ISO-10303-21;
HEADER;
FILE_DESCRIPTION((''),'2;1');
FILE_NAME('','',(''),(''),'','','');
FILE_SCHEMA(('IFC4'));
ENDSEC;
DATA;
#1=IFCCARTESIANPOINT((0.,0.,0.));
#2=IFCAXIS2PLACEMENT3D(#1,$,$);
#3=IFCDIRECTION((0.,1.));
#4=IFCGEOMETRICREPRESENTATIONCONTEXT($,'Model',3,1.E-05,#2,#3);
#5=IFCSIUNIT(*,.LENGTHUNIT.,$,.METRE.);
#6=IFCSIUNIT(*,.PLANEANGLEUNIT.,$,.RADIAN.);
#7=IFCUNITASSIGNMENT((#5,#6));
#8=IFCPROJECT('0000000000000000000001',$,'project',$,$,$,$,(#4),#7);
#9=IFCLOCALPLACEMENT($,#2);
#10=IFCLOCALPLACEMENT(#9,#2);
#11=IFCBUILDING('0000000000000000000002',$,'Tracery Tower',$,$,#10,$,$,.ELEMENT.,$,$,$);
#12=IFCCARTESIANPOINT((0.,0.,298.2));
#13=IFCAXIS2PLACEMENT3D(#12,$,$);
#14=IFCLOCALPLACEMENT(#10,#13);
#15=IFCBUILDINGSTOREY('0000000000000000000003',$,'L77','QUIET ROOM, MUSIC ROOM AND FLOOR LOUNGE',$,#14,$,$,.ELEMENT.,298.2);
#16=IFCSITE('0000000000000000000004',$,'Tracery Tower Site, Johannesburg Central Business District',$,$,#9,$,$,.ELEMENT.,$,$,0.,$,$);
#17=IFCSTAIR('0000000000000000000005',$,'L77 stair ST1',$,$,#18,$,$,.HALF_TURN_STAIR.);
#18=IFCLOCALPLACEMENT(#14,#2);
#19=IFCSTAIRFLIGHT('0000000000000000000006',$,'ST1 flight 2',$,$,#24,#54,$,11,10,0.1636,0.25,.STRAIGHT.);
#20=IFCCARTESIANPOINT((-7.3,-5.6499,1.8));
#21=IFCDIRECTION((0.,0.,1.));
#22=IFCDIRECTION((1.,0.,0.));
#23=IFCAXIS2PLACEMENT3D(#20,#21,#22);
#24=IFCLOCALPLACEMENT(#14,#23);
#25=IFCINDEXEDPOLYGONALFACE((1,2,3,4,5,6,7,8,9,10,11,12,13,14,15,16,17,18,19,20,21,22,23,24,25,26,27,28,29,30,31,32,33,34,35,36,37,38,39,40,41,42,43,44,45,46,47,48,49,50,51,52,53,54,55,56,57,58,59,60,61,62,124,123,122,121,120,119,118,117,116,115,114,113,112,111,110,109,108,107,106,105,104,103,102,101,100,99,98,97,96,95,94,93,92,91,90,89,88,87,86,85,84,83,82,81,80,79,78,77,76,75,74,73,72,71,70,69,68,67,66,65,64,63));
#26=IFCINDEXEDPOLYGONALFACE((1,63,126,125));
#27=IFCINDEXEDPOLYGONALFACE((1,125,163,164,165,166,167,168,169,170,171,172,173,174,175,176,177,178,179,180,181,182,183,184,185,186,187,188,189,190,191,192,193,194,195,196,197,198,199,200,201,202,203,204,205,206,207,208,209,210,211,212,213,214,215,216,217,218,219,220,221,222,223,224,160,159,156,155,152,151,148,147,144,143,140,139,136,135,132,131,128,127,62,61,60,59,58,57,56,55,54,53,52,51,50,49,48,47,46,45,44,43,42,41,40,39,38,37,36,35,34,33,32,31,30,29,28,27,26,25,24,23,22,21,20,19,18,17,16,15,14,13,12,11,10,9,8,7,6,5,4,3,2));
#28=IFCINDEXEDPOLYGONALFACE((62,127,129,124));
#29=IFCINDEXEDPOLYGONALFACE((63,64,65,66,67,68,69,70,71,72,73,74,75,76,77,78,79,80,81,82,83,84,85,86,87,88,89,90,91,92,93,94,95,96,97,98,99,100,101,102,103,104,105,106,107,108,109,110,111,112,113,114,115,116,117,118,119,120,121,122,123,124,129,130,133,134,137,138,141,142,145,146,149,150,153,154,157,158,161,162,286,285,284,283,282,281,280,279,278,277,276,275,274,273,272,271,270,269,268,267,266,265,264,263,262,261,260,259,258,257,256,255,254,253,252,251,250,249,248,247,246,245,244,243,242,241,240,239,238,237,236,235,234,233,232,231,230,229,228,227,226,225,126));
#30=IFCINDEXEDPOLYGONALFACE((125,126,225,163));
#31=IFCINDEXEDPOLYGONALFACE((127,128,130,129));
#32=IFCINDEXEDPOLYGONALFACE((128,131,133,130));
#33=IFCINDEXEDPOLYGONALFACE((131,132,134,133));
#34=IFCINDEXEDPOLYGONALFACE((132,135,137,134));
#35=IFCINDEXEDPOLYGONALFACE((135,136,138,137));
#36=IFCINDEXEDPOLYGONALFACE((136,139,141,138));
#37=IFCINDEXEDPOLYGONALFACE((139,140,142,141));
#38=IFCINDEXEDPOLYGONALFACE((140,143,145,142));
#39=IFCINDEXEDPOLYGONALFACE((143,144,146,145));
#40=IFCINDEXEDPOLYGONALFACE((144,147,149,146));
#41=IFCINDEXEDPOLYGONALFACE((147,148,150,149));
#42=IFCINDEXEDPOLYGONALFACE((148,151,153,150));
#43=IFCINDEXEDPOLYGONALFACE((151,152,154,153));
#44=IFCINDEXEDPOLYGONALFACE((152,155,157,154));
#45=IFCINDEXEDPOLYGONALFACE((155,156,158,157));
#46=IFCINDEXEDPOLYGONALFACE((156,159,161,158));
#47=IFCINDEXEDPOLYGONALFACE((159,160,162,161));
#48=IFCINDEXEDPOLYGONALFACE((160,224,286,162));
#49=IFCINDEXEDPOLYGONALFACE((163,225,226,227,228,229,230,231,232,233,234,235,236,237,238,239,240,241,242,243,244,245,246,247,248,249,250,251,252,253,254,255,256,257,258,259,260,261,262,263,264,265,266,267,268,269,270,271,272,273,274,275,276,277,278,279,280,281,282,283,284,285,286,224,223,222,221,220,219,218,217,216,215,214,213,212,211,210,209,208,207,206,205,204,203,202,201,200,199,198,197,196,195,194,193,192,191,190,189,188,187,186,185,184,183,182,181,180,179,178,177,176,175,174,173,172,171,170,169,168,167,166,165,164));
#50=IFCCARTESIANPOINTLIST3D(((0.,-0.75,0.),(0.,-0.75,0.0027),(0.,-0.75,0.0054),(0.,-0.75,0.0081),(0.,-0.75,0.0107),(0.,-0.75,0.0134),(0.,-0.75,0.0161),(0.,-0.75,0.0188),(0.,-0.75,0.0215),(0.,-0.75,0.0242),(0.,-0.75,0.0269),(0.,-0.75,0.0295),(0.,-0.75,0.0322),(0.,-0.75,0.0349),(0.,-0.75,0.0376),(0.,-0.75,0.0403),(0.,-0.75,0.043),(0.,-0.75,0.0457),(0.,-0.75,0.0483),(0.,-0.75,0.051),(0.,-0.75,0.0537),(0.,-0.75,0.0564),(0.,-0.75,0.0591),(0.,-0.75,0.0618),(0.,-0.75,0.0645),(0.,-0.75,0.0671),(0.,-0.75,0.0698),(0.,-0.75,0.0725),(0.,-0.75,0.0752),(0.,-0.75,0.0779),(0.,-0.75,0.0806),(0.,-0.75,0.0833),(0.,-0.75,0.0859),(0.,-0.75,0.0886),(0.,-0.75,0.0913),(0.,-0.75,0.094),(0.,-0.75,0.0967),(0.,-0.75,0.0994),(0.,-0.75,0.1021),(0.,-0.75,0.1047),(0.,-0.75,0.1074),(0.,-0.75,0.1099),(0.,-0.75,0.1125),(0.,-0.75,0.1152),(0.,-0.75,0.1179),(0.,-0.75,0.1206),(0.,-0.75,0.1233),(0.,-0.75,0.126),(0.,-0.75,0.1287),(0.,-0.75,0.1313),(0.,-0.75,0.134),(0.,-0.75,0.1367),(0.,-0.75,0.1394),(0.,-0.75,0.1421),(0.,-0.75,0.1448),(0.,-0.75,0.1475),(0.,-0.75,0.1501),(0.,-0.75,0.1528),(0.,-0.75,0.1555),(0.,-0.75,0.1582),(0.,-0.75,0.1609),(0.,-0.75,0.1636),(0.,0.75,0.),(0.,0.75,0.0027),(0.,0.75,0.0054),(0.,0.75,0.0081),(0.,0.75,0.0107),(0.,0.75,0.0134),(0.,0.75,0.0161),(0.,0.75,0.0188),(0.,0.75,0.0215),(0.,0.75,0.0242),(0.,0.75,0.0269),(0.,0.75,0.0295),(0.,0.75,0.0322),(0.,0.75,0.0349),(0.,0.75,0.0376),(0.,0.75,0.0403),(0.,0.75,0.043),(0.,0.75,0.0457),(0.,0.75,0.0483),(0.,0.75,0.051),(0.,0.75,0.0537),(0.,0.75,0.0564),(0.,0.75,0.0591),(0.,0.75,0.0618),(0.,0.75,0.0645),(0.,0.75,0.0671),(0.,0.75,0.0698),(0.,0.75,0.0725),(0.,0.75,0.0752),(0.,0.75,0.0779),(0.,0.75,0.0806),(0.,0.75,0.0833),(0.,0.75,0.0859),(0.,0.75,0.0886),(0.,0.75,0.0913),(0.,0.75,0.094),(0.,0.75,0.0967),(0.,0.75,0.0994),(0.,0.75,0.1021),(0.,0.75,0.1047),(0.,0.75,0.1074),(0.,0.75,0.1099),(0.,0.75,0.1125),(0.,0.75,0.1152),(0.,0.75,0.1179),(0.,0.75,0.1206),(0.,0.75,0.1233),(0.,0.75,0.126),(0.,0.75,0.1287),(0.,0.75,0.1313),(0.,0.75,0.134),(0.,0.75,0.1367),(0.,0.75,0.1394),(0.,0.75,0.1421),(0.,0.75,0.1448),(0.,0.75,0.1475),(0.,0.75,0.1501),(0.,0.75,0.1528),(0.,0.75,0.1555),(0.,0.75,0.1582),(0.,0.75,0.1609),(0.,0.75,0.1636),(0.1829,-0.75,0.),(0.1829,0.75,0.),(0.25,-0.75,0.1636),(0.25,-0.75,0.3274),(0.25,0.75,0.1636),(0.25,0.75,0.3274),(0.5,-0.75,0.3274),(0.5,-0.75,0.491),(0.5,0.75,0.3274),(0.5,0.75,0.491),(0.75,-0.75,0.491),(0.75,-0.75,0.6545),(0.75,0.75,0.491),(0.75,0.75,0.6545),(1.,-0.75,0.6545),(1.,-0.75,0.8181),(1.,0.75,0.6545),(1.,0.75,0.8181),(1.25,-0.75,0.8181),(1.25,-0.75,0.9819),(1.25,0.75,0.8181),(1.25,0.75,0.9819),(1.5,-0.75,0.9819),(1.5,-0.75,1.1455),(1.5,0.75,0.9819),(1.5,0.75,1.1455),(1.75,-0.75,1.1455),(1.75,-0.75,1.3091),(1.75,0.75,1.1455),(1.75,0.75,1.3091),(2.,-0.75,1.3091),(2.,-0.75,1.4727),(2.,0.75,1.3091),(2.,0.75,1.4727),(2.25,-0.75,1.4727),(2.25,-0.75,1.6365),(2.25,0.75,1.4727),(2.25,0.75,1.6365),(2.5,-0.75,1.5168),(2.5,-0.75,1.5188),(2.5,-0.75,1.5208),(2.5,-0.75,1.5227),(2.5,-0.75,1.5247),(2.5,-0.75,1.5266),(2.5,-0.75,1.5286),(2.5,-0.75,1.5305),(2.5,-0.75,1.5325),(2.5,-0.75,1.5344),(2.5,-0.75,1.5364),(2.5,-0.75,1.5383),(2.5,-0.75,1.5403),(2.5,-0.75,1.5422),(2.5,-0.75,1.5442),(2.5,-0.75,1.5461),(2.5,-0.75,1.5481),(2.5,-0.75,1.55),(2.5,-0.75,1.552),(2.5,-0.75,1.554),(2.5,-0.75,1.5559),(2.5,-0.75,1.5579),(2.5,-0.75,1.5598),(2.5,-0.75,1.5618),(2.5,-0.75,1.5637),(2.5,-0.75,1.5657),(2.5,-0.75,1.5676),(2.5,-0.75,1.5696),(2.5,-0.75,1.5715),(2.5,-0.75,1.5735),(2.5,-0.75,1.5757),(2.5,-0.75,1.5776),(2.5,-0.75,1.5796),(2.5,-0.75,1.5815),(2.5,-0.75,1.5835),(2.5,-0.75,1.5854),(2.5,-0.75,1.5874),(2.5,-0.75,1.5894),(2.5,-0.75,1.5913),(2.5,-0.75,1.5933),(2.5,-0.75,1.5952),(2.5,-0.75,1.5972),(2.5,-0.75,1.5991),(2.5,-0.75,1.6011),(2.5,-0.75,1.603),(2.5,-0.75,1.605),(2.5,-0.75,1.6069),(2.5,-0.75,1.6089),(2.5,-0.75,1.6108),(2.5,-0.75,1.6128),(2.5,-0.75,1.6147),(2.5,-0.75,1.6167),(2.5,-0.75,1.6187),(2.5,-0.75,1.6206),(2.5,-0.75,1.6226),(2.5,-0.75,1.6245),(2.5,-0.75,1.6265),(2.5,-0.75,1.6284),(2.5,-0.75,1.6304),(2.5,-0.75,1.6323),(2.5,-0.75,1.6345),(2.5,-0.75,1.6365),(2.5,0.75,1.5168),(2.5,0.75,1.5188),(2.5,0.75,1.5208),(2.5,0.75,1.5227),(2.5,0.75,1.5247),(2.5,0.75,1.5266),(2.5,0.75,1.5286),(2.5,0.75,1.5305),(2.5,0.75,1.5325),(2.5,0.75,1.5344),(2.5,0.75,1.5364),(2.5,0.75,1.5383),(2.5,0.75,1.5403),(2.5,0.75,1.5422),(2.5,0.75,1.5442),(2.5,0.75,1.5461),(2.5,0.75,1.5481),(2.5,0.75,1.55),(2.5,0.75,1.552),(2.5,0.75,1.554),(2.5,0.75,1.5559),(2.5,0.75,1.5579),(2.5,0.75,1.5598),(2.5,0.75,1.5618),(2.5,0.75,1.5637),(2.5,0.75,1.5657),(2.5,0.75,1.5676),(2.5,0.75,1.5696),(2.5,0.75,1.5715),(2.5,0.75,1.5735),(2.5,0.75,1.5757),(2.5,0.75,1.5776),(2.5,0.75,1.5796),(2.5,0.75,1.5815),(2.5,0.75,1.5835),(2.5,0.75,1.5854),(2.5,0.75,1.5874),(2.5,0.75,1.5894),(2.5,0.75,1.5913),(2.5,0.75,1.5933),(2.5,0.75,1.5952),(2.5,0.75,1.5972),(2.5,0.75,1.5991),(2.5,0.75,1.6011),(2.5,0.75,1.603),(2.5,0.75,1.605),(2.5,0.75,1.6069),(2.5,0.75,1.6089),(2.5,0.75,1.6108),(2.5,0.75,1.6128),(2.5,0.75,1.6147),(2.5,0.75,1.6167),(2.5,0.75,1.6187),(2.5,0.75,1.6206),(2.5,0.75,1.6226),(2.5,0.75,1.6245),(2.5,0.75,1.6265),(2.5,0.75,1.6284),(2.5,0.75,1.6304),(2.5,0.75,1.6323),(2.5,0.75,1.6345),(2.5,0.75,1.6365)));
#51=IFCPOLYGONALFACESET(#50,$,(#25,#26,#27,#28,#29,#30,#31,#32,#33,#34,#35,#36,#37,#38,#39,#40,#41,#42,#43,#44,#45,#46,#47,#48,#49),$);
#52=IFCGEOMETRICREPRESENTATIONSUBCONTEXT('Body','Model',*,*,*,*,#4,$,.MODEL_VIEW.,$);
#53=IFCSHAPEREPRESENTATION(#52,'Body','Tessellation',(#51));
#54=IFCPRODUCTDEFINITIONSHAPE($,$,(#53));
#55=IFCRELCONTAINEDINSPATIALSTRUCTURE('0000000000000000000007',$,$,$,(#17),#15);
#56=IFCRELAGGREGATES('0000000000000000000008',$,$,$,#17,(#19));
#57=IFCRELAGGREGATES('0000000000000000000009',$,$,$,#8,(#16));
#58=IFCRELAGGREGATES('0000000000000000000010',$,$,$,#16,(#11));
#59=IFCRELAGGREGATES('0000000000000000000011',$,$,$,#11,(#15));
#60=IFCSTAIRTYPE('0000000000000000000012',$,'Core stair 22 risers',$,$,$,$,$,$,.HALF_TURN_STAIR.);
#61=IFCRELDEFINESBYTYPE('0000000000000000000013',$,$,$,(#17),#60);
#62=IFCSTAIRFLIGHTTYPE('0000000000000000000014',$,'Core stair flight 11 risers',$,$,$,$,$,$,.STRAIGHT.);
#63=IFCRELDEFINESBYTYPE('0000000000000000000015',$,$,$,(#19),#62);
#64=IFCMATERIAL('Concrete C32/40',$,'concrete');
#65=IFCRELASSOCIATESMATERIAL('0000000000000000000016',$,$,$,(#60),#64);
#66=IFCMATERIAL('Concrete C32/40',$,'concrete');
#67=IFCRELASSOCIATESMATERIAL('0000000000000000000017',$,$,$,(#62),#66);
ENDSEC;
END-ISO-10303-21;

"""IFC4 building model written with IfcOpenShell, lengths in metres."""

from ifc_helpers import new_model, si_unit, direction, frame, origin, place, context, subcontext, project, spatial, polyline, outline, extrude, material, type_object, element, aggregate, save


model = new_model("IFC4")

# Units and contexts
model_context = context("Model", 3, precision=1e-05, world=origin(), true_north=direction((0.0, 1.0)))
body_context = subcontext(model_context, "Body", "Model", "MODEL_VIEW")
ifc_project = project(units=[si_unit("LENGTHUNIT", "METRE"), si_unit("PLANEANGLEUNIT", "RADIAN")], contexts=[model_context])

# Site, building, storey
site_placement = place(None, origin())
site = spatial("IfcSite", under=ifc_project, at=site_placement, Name="Tracery Tower Site, Johannesburg Central Business District", CompositionType="ELEMENT", RefElevation=0.0)
building_placement = place(site_placement, origin())
building = spatial("IfcBuilding", under=site, at=building_placement, Name="Tracery Tower", CompositionType="ELEMENT")
storey_placement = place(building_placement, frame((0.0, 0.0, 298.2)))
storey = spatial("IfcBuildingStorey", under=building, at=storey_placement, Name="L77", Description="QUIET ROOM, MUSIC ROOM AND FLOOR LOUNGE", CompositionType="ELEMENT", Elevation=298.2)

# Stair, stair flight
ifc_material_1 = material(Name="Concrete C32/40", Category="concrete")
stair_type = type_object("IfcStairType", Name="Core stair 22 risers", PredefinedType="HALF_TURN_STAIR", material=ifc_material_1)
stair_placement = place(storey_placement, origin())
stair = element("IfcStair", 1, at=stair_placement, inside=storey, type_object=stair_type, Name="L77 stair ST1", PredefinedType="HALF_TURN_STAIR")
ifc_material_2 = material(Name="Concrete C32/40", Category="concrete")
stair_flight_type = type_object("IfcStairFlightType", Name="Core stair flight 11 risers", PredefinedType="STRAIGHT", material=ifc_material_2)
stair_flight_1_placement = place(storey_placement, frame((-7.3, -5.6499, 1.8), z_axis=(0.0, 0.0, 1.0), x_axis=(1.0, 0.0, 0.0)))
stair_flight_1 = element("IfcStairFlight", 2, at=stair_flight_1_placement, type_object=stair_flight_type, Name="ST1 flight 2", NumberOfRisers=11, NumberOfTreads=10, PredefinedType="STRAIGHT", RiserHeight=0.1636, TreadLength=0.25, context=body_context, shape_type="SweptSolid", body=[
    extrude(outline(polyline([(0.0, 0.0), (0.0, 0.0027), (0.0, 0.0054), (0.0, 0.0081), (0.0, 0.0107), (0.0, 0.0134), (0.0, 0.0161), (0.0, 0.0188), (0.0, 0.0215), (0.0, 0.0242), (0.0, 0.0269), (0.0, 0.0295), (0.0, 0.0322), (0.0, 0.0349), (0.0, 0.0376), (0.0, 0.0403), (0.0, 0.043), (0.0, 0.0457), (0.0, 0.0483), (0.0, 0.051), (0.0, 0.0537), (0.0, 0.0564), (0.0, 0.0591), (0.0, 0.0618), (0.0, 0.0645), (0.0, 0.0671), (0.0, 0.0698), (0.0, 0.0725), (0.0, 0.0752), (0.0, 0.0779), (0.0, 0.0806), (0.0, 0.0833), (0.0, 0.0859), (0.0, 0.0886), (0.0, 0.0913), (0.0, 0.094), (0.0, 0.0967), (0.0, 0.0994), (0.0, 0.1021), (0.0, 0.1047), (0.0, 0.1074), (0.0, 0.1099), (0.0, 0.1125), (0.0, 0.1152), (0.0, 0.1179), (0.0, 0.1206), (0.0, 0.1233), (0.0, 0.126), (0.0, 0.1287), (0.0, 0.1313), (0.0, 0.134), (0.0, 0.1367), (0.0, 0.1394), (0.0, 0.1421), (0.0, 0.1448), (0.0, 0.1475), (0.0, 0.1501), (0.0, 0.1528), (0.0, 0.1555), (0.0, 0.1582), (0.0, 0.1609), (0.0, 0.1636), (0.25, 0.1636), (0.25, 0.3274), (0.5, 0.3274), (0.5, 0.491), (0.75, 0.491), (0.75, 0.6545), (1.0, 0.6545), (1.0, 0.8181), (1.25, 0.8181), (1.25, 0.9819), (1.5, 0.9819), (1.5, 1.1455), (1.75, 1.1455), (1.75, 1.3091), (2.0, 1.3091), (2.0, 1.4727), (2.25, 1.4727), (2.25, 1.6365), (2.5, 1.6365), (2.5, 1.6345), (2.5, 1.6323), (2.5, 1.6304), (2.5, 1.6284), (2.5, 1.6265), (2.5, 1.6245), (2.5, 1.6226), (2.5, 1.6206), (2.5, 1.6187), (2.5, 1.6167), (2.5, 1.6147), (2.5, 1.6128), (2.5, 1.6108), (2.5, 1.6089), (2.5, 1.6069), (2.5, 1.605), (2.5, 1.603), (2.5, 1.6011), (2.5, 1.5991), (2.5, 1.5972), (2.5, 1.5952), (2.5, 1.5933), (2.5, 1.5913), (2.5, 1.5894), (2.5, 1.5874), (2.5, 1.5854), (2.5, 1.5835), (2.5, 1.5815), (2.5, 1.5796), (2.5, 1.5776), (2.5, 1.5757), (2.5, 1.5735), (2.5, 1.5715), (2.5, 1.5696), (2.5, 1.5676), (2.5, 1.5657), (2.5, 1.5637), (2.5, 1.5618), (2.5, 1.5598), (2.5, 1.5579), (2.5, 1.5559), (2.5, 1.554), (2.5, 1.552), (2.5, 1.55), (2.5, 1.5481), (2.5, 1.5461), (2.5, 1.5442), (2.5, 1.5422), (2.5, 1.5403), (2.5, 1.5383), (2.5, 1.5364), (2.5, 1.5344), (2.5, 1.5325), (2.5, 1.5305), (2.5, 1.5286), (2.5, 1.5266), (2.5, 1.5247), (2.5, 1.5227), (2.5, 1.5208), (2.5, 1.5188), (2.5, 1.5168), (0.1829, 0.0), (0.0, 0.0)])), frame((0.0, 0.75, 0.0), z_axis=(0.0, -1.0, 0.0), x_axis=(1.0, 0.0, 0.0)), (0.0, 0.0, 1.0), 1.5),
])
aggregate(stair, [stair_flight_1])

save(model, "model.ifc")
